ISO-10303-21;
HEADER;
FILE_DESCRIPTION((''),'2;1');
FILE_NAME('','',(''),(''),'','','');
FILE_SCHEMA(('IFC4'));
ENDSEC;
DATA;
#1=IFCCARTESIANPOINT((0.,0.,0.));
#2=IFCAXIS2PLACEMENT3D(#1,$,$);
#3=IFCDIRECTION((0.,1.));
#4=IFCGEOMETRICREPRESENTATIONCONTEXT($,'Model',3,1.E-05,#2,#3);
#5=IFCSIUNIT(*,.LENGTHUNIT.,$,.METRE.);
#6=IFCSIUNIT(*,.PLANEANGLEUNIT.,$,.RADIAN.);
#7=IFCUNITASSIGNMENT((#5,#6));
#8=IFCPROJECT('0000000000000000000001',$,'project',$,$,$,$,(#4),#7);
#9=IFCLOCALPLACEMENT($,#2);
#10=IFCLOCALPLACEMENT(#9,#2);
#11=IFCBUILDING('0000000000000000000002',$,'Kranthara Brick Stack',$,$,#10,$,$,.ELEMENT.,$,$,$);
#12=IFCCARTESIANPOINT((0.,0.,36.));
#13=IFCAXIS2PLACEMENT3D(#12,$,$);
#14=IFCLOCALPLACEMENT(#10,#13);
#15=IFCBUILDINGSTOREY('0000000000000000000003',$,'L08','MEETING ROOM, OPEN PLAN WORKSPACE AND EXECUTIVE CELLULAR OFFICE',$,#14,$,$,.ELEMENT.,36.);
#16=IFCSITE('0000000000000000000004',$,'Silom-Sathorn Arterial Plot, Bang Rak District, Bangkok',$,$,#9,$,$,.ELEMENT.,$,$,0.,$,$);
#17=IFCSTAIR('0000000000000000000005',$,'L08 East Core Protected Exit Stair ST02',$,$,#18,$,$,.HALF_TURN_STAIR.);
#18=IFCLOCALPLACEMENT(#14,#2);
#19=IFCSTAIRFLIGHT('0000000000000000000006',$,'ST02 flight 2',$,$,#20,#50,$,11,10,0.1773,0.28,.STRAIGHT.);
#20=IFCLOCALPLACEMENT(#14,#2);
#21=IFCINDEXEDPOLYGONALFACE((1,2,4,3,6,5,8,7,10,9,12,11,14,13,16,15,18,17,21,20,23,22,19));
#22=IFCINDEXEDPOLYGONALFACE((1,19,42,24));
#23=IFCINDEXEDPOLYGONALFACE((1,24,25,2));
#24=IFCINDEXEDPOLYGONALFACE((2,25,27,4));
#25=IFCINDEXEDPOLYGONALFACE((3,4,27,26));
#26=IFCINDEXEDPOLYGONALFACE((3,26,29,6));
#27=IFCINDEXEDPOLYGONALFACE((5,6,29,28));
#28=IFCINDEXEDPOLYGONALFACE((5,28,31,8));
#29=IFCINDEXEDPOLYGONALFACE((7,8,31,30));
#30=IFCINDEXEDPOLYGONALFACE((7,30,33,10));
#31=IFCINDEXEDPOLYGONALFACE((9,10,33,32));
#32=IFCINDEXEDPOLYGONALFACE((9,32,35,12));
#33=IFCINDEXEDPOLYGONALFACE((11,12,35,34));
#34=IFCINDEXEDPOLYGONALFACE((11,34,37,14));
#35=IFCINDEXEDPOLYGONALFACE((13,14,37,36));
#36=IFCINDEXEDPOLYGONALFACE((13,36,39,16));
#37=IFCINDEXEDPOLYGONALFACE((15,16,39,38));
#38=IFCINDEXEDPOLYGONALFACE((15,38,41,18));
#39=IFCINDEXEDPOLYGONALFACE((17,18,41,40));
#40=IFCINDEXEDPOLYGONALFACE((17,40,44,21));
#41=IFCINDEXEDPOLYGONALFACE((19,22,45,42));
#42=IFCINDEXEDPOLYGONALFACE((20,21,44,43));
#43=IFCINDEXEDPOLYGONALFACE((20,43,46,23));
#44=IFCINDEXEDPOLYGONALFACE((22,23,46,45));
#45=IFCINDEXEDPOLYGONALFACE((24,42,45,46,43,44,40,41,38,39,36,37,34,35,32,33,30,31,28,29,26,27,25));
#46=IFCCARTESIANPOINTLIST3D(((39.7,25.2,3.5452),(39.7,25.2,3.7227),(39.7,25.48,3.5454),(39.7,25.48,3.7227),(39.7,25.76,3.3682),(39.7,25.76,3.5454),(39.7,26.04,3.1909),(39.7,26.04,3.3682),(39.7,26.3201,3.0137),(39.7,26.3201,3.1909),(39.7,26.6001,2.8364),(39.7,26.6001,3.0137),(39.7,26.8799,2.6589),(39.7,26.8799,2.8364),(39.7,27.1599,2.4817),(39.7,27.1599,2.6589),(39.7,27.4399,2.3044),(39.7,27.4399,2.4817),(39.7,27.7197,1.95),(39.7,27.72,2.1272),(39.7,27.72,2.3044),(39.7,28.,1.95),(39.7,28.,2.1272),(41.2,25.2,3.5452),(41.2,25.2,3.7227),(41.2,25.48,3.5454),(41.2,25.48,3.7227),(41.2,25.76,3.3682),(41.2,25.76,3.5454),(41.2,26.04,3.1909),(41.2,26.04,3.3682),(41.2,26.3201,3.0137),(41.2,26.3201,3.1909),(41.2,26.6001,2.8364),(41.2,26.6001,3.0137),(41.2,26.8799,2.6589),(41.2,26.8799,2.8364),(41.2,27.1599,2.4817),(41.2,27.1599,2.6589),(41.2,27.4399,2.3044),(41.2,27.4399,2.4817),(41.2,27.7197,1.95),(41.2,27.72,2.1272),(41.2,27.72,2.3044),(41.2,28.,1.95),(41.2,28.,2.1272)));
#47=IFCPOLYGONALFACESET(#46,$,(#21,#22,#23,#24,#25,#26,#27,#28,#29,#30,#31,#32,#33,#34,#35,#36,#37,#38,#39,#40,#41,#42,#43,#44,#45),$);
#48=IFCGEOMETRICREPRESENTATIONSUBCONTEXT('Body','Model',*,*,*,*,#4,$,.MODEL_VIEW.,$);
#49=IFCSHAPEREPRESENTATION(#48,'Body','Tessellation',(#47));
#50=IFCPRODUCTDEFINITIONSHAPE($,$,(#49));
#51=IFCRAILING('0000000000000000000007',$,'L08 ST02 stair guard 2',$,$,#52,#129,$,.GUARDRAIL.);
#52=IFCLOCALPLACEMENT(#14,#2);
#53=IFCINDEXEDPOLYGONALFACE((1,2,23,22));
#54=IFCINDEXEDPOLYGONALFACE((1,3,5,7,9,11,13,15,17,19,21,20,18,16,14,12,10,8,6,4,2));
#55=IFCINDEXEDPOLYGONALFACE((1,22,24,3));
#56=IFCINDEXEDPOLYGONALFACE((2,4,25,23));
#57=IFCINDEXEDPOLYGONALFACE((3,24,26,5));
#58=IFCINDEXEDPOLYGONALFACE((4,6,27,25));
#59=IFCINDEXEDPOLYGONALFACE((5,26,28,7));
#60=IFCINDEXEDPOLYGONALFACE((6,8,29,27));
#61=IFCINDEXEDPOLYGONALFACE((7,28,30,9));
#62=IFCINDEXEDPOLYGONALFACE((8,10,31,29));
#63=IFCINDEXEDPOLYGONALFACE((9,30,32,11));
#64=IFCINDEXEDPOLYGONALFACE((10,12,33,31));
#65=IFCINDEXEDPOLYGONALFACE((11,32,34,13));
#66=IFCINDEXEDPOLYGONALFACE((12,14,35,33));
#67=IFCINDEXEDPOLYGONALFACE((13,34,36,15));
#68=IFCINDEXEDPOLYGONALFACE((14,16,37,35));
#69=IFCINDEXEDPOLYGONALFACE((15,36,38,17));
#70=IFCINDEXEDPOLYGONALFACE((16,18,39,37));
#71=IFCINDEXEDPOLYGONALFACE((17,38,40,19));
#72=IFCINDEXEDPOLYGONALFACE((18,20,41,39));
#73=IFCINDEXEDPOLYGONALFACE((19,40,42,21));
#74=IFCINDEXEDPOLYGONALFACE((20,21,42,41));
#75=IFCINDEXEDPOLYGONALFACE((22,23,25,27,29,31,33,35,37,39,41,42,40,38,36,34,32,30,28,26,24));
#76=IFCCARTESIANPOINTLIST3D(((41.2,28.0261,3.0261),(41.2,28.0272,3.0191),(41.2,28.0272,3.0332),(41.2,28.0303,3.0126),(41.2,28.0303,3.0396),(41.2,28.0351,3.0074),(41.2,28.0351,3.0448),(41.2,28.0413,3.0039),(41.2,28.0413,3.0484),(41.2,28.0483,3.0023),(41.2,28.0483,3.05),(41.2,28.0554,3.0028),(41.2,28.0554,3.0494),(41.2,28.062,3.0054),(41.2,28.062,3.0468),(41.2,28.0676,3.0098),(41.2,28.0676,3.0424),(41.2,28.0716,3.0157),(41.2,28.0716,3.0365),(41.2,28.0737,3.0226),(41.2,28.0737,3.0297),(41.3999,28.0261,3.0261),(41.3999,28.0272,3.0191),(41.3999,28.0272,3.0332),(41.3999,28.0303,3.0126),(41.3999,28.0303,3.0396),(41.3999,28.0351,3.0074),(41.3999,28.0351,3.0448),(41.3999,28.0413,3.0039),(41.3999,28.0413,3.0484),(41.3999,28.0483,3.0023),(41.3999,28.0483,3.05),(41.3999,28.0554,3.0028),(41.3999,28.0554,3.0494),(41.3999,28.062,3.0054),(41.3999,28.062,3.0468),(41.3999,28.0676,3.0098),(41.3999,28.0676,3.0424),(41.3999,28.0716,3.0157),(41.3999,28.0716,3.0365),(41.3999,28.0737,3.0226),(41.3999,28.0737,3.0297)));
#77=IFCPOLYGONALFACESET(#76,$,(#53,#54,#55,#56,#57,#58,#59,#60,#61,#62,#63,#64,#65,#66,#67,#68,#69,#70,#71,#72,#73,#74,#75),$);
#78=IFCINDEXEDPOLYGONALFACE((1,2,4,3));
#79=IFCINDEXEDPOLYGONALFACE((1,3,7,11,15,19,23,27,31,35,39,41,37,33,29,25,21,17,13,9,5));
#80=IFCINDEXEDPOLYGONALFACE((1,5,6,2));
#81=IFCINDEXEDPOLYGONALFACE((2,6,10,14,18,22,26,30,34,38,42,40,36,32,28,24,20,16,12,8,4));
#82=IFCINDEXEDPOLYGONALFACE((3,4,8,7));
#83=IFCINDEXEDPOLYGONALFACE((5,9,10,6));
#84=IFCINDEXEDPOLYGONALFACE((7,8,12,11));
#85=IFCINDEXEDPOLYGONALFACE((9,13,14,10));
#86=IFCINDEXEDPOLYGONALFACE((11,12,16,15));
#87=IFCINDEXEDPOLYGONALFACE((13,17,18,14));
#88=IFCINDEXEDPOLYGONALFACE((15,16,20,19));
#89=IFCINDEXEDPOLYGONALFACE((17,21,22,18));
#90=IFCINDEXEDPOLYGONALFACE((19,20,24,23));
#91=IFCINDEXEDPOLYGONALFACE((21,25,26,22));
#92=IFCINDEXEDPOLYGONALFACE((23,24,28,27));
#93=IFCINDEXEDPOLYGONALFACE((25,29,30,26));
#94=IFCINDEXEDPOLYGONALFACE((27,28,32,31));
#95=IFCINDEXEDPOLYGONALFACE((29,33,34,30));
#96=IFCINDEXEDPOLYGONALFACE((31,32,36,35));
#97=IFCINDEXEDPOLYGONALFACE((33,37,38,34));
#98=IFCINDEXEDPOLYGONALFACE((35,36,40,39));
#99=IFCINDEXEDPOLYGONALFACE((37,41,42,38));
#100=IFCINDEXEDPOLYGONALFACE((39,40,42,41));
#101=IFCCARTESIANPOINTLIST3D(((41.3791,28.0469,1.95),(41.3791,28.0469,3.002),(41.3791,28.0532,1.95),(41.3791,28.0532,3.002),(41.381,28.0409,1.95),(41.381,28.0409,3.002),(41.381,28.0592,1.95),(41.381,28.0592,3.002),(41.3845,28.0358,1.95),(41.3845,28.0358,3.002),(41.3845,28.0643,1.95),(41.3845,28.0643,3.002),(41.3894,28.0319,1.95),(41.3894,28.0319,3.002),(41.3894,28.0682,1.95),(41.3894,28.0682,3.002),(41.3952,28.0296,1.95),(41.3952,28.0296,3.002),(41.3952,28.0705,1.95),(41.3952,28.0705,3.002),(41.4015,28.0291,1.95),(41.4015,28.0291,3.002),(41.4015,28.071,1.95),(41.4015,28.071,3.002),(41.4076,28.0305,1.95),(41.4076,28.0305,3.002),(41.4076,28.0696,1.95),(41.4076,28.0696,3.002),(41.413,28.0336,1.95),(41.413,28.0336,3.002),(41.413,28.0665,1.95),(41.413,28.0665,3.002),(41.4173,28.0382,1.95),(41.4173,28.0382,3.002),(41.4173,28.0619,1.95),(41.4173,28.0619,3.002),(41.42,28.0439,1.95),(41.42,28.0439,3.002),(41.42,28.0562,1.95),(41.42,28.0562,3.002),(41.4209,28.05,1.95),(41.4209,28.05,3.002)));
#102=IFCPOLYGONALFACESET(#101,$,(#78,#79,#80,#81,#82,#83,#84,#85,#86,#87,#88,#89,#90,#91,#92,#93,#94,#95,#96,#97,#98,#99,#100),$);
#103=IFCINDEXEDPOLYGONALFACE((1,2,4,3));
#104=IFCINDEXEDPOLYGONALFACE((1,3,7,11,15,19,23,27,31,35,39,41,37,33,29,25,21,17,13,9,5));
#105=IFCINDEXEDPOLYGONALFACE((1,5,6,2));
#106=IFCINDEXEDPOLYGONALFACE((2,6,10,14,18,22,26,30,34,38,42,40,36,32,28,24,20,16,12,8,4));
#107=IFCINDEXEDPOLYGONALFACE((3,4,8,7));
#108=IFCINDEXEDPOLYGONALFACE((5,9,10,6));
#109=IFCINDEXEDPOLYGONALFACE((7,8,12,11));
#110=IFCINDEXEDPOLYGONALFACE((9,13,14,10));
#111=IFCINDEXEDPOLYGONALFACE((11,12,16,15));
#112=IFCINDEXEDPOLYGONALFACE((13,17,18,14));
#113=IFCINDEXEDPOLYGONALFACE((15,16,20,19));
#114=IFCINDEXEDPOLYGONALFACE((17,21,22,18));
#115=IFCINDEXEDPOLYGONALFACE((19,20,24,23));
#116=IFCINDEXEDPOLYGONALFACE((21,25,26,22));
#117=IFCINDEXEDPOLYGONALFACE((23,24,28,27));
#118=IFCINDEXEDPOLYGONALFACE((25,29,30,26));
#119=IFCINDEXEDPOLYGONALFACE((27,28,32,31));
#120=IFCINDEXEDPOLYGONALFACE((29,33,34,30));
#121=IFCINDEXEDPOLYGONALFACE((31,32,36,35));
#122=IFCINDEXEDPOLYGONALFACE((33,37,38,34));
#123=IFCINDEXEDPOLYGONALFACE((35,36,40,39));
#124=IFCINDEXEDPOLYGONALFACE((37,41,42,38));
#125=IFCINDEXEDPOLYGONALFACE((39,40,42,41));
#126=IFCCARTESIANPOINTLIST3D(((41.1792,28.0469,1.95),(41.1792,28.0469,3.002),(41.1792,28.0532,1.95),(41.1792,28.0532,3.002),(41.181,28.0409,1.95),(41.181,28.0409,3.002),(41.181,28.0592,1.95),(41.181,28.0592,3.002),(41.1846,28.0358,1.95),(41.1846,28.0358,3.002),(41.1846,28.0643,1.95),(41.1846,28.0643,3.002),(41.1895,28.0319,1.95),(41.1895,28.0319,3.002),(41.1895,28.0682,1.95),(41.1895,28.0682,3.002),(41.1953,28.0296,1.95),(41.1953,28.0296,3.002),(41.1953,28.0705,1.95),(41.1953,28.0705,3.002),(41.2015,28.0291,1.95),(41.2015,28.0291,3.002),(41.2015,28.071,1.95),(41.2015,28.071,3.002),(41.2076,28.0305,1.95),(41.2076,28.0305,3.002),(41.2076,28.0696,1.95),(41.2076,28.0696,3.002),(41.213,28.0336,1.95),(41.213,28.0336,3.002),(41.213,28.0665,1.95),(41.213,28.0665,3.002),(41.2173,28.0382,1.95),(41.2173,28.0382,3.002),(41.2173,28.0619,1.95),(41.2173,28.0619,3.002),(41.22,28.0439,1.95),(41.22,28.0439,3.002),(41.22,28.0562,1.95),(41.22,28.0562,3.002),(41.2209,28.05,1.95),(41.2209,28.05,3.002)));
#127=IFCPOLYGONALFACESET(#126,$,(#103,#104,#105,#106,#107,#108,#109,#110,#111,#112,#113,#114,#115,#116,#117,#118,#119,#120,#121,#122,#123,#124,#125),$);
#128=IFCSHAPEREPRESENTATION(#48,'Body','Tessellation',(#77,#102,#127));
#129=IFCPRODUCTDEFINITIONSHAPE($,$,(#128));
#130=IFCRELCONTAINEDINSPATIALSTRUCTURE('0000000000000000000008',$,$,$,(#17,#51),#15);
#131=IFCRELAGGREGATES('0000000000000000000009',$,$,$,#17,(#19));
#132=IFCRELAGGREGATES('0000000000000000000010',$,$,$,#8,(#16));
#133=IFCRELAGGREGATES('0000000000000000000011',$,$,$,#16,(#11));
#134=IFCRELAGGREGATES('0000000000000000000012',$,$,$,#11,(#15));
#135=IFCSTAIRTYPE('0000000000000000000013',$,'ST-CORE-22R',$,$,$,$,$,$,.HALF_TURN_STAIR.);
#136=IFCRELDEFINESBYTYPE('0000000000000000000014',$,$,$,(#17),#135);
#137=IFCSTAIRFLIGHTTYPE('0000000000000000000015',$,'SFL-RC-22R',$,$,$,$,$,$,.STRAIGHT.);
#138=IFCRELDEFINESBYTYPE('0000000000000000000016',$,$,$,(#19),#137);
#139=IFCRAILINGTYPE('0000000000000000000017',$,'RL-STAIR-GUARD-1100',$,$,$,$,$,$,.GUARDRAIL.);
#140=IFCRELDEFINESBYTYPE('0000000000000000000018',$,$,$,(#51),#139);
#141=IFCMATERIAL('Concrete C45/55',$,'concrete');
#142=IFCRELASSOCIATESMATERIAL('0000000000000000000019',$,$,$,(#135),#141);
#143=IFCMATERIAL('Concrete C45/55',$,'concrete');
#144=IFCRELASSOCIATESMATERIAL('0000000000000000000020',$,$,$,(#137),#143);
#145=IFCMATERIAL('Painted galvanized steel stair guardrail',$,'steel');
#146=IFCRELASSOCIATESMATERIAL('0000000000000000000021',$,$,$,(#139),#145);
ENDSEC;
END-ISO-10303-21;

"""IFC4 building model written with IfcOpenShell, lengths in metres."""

from ifc_helpers import new_model, si_unit, direction, frame, origin, origin_2d, place, context, subcontext, project, spatial, polyline, circle, outline, extrude, material, type_object, element, aggregate, save


model = new_model("IFC4")

# Units and contexts
model_context = context("Model", 3, precision=1e-05, world=origin(), true_north=direction((0.0, 1.0)))
body_context = subcontext(model_context, "Body", "Model", "MODEL_VIEW")
ifc_project = project(units=[si_unit("LENGTHUNIT", "METRE"), si_unit("PLANEANGLEUNIT", "RADIAN")], contexts=[model_context])

# Site, building, storey
site_placement = place(None, origin())
site = spatial("IfcSite", under=ifc_project, at=site_placement, Name="Silom-Sathorn Arterial Plot, Bang Rak District, Bangkok", CompositionType="ELEMENT", RefElevation=0.0)
building_placement = place(site_placement, origin())
building = spatial("IfcBuilding", under=site, at=building_placement, Name="Kranthara Brick Stack", CompositionType="ELEMENT")
storey_placement = place(building_placement, frame((0.0, 0.0, 36.0)))
storey = spatial("IfcBuildingStorey", under=building, at=storey_placement, Name="L08", Description="MEETING ROOM, OPEN PLAN WORKSPACE AND EXECUTIVE CELLULAR OFFICE", CompositionType="ELEMENT", Elevation=36.0)

# Stair, stair flight
ifc_material_1 = material(Name="Concrete C45/55", Category="concrete")
stair_type = type_object("IfcStairType", Name="ST-CORE-22R", PredefinedType="HALF_TURN_STAIR", material=ifc_material_1)
stair_placement = place(storey_placement, origin())
stair = element("IfcStair", 1, at=stair_placement, inside=storey, type_object=stair_type, Name="L08 East Core Protected Exit Stair ST02", PredefinedType="HALF_TURN_STAIR")
ifc_material_2 = material(Name="Concrete C45/55", Category="concrete")
stair_flight_type = type_object("IfcStairFlightType", Name="SFL-RC-22R", PredefinedType="STRAIGHT", material=ifc_material_2)
stair_flight_1_placement = place(storey_placement, frame((40.45, 28.0, 1.95), z_axis=(0.0, 0.0, 1.0), x_axis=(0.0, -1.0, 0.0)))
stair_flight_1 = element("IfcStairFlight", 2, at=stair_flight_1_placement, type_object=stair_flight_type, Name="ST02 flight 2", NumberOfRisers=11, NumberOfTreads=10, PredefinedType="STRAIGHT", RiserHeight=0.1773, TreadLength=0.28, context=body_context, shape_type="SweptSolid", body=[
    extrude(outline(polyline([(0.0, 0.0), (0.0, 0.1772), (0.28, 0.1772), (0.28, 0.3545), (0.5601, 0.3545), (0.5601, 0.5317), (0.8401, 0.5317), (0.8401, 0.709), (1.1201, 0.709), (1.1201, 0.8865), (1.3999, 0.8865), (1.3999, 1.0637), (1.6799, 1.0637), (1.6799, 1.241), (1.96, 1.241), (1.96, 1.4182), (2.24, 1.4182), (2.24, 1.5955), (2.52, 1.5955), (2.52, 1.7727), (2.8, 1.7727), (2.8, 1.95), (2.8, 1.5952), (0.2803, 0.0), (0.0, 0.0)])), frame((0.0, 0.75, 0.0), z_axis=(0.0, -1.0, 0.0), x_axis=(1.0, 0.0, 0.0)), (0.0, 0.0, 1.0), 1.5),
])
aggregate(stair, [stair_flight_1])

# Railing
ifc_material_3 = material(Name="Painted galvanized steel stair guardrail", Category="steel")
railing_type_1 = type_object("IfcRailingType", Name="RL-STAIR-GUARD-1100", PredefinedType="GUARDRAIL", material=ifc_material_3)
railing_1_placement = place(storey_placement, frame((41.3999, 28.05, 1.95)))
element("IfcRailing", 3, at=railing_1_placement, inside=storey, type_object=railing_type_1, Name="L08 ST02 stair guard 2", PredefinedType="GUARDRAIL", context=body_context, shape_type="SweptSolid", body=[
    extrude(circle(Radius=0.0239, at=origin_2d()), frame((0.0, 0.0, 1.0762), z_axis=(-1.0, 0.0, 0.0), x_axis=(0.0, -1.0, 0.0)), (0.0, 0.0, 1.0), 0.2),
    extrude(circle(Radius=0.021, at=origin_2d()), origin(), (0.0, 0.0, 1.0), 1.052),
    extrude(circle(Radius=0.021, at=origin_2d()), frame((-0.2, 0.0, 0.0)), (0.0, 0.0, 1.0), 1.052),
])

save(model, "model.ifc")
